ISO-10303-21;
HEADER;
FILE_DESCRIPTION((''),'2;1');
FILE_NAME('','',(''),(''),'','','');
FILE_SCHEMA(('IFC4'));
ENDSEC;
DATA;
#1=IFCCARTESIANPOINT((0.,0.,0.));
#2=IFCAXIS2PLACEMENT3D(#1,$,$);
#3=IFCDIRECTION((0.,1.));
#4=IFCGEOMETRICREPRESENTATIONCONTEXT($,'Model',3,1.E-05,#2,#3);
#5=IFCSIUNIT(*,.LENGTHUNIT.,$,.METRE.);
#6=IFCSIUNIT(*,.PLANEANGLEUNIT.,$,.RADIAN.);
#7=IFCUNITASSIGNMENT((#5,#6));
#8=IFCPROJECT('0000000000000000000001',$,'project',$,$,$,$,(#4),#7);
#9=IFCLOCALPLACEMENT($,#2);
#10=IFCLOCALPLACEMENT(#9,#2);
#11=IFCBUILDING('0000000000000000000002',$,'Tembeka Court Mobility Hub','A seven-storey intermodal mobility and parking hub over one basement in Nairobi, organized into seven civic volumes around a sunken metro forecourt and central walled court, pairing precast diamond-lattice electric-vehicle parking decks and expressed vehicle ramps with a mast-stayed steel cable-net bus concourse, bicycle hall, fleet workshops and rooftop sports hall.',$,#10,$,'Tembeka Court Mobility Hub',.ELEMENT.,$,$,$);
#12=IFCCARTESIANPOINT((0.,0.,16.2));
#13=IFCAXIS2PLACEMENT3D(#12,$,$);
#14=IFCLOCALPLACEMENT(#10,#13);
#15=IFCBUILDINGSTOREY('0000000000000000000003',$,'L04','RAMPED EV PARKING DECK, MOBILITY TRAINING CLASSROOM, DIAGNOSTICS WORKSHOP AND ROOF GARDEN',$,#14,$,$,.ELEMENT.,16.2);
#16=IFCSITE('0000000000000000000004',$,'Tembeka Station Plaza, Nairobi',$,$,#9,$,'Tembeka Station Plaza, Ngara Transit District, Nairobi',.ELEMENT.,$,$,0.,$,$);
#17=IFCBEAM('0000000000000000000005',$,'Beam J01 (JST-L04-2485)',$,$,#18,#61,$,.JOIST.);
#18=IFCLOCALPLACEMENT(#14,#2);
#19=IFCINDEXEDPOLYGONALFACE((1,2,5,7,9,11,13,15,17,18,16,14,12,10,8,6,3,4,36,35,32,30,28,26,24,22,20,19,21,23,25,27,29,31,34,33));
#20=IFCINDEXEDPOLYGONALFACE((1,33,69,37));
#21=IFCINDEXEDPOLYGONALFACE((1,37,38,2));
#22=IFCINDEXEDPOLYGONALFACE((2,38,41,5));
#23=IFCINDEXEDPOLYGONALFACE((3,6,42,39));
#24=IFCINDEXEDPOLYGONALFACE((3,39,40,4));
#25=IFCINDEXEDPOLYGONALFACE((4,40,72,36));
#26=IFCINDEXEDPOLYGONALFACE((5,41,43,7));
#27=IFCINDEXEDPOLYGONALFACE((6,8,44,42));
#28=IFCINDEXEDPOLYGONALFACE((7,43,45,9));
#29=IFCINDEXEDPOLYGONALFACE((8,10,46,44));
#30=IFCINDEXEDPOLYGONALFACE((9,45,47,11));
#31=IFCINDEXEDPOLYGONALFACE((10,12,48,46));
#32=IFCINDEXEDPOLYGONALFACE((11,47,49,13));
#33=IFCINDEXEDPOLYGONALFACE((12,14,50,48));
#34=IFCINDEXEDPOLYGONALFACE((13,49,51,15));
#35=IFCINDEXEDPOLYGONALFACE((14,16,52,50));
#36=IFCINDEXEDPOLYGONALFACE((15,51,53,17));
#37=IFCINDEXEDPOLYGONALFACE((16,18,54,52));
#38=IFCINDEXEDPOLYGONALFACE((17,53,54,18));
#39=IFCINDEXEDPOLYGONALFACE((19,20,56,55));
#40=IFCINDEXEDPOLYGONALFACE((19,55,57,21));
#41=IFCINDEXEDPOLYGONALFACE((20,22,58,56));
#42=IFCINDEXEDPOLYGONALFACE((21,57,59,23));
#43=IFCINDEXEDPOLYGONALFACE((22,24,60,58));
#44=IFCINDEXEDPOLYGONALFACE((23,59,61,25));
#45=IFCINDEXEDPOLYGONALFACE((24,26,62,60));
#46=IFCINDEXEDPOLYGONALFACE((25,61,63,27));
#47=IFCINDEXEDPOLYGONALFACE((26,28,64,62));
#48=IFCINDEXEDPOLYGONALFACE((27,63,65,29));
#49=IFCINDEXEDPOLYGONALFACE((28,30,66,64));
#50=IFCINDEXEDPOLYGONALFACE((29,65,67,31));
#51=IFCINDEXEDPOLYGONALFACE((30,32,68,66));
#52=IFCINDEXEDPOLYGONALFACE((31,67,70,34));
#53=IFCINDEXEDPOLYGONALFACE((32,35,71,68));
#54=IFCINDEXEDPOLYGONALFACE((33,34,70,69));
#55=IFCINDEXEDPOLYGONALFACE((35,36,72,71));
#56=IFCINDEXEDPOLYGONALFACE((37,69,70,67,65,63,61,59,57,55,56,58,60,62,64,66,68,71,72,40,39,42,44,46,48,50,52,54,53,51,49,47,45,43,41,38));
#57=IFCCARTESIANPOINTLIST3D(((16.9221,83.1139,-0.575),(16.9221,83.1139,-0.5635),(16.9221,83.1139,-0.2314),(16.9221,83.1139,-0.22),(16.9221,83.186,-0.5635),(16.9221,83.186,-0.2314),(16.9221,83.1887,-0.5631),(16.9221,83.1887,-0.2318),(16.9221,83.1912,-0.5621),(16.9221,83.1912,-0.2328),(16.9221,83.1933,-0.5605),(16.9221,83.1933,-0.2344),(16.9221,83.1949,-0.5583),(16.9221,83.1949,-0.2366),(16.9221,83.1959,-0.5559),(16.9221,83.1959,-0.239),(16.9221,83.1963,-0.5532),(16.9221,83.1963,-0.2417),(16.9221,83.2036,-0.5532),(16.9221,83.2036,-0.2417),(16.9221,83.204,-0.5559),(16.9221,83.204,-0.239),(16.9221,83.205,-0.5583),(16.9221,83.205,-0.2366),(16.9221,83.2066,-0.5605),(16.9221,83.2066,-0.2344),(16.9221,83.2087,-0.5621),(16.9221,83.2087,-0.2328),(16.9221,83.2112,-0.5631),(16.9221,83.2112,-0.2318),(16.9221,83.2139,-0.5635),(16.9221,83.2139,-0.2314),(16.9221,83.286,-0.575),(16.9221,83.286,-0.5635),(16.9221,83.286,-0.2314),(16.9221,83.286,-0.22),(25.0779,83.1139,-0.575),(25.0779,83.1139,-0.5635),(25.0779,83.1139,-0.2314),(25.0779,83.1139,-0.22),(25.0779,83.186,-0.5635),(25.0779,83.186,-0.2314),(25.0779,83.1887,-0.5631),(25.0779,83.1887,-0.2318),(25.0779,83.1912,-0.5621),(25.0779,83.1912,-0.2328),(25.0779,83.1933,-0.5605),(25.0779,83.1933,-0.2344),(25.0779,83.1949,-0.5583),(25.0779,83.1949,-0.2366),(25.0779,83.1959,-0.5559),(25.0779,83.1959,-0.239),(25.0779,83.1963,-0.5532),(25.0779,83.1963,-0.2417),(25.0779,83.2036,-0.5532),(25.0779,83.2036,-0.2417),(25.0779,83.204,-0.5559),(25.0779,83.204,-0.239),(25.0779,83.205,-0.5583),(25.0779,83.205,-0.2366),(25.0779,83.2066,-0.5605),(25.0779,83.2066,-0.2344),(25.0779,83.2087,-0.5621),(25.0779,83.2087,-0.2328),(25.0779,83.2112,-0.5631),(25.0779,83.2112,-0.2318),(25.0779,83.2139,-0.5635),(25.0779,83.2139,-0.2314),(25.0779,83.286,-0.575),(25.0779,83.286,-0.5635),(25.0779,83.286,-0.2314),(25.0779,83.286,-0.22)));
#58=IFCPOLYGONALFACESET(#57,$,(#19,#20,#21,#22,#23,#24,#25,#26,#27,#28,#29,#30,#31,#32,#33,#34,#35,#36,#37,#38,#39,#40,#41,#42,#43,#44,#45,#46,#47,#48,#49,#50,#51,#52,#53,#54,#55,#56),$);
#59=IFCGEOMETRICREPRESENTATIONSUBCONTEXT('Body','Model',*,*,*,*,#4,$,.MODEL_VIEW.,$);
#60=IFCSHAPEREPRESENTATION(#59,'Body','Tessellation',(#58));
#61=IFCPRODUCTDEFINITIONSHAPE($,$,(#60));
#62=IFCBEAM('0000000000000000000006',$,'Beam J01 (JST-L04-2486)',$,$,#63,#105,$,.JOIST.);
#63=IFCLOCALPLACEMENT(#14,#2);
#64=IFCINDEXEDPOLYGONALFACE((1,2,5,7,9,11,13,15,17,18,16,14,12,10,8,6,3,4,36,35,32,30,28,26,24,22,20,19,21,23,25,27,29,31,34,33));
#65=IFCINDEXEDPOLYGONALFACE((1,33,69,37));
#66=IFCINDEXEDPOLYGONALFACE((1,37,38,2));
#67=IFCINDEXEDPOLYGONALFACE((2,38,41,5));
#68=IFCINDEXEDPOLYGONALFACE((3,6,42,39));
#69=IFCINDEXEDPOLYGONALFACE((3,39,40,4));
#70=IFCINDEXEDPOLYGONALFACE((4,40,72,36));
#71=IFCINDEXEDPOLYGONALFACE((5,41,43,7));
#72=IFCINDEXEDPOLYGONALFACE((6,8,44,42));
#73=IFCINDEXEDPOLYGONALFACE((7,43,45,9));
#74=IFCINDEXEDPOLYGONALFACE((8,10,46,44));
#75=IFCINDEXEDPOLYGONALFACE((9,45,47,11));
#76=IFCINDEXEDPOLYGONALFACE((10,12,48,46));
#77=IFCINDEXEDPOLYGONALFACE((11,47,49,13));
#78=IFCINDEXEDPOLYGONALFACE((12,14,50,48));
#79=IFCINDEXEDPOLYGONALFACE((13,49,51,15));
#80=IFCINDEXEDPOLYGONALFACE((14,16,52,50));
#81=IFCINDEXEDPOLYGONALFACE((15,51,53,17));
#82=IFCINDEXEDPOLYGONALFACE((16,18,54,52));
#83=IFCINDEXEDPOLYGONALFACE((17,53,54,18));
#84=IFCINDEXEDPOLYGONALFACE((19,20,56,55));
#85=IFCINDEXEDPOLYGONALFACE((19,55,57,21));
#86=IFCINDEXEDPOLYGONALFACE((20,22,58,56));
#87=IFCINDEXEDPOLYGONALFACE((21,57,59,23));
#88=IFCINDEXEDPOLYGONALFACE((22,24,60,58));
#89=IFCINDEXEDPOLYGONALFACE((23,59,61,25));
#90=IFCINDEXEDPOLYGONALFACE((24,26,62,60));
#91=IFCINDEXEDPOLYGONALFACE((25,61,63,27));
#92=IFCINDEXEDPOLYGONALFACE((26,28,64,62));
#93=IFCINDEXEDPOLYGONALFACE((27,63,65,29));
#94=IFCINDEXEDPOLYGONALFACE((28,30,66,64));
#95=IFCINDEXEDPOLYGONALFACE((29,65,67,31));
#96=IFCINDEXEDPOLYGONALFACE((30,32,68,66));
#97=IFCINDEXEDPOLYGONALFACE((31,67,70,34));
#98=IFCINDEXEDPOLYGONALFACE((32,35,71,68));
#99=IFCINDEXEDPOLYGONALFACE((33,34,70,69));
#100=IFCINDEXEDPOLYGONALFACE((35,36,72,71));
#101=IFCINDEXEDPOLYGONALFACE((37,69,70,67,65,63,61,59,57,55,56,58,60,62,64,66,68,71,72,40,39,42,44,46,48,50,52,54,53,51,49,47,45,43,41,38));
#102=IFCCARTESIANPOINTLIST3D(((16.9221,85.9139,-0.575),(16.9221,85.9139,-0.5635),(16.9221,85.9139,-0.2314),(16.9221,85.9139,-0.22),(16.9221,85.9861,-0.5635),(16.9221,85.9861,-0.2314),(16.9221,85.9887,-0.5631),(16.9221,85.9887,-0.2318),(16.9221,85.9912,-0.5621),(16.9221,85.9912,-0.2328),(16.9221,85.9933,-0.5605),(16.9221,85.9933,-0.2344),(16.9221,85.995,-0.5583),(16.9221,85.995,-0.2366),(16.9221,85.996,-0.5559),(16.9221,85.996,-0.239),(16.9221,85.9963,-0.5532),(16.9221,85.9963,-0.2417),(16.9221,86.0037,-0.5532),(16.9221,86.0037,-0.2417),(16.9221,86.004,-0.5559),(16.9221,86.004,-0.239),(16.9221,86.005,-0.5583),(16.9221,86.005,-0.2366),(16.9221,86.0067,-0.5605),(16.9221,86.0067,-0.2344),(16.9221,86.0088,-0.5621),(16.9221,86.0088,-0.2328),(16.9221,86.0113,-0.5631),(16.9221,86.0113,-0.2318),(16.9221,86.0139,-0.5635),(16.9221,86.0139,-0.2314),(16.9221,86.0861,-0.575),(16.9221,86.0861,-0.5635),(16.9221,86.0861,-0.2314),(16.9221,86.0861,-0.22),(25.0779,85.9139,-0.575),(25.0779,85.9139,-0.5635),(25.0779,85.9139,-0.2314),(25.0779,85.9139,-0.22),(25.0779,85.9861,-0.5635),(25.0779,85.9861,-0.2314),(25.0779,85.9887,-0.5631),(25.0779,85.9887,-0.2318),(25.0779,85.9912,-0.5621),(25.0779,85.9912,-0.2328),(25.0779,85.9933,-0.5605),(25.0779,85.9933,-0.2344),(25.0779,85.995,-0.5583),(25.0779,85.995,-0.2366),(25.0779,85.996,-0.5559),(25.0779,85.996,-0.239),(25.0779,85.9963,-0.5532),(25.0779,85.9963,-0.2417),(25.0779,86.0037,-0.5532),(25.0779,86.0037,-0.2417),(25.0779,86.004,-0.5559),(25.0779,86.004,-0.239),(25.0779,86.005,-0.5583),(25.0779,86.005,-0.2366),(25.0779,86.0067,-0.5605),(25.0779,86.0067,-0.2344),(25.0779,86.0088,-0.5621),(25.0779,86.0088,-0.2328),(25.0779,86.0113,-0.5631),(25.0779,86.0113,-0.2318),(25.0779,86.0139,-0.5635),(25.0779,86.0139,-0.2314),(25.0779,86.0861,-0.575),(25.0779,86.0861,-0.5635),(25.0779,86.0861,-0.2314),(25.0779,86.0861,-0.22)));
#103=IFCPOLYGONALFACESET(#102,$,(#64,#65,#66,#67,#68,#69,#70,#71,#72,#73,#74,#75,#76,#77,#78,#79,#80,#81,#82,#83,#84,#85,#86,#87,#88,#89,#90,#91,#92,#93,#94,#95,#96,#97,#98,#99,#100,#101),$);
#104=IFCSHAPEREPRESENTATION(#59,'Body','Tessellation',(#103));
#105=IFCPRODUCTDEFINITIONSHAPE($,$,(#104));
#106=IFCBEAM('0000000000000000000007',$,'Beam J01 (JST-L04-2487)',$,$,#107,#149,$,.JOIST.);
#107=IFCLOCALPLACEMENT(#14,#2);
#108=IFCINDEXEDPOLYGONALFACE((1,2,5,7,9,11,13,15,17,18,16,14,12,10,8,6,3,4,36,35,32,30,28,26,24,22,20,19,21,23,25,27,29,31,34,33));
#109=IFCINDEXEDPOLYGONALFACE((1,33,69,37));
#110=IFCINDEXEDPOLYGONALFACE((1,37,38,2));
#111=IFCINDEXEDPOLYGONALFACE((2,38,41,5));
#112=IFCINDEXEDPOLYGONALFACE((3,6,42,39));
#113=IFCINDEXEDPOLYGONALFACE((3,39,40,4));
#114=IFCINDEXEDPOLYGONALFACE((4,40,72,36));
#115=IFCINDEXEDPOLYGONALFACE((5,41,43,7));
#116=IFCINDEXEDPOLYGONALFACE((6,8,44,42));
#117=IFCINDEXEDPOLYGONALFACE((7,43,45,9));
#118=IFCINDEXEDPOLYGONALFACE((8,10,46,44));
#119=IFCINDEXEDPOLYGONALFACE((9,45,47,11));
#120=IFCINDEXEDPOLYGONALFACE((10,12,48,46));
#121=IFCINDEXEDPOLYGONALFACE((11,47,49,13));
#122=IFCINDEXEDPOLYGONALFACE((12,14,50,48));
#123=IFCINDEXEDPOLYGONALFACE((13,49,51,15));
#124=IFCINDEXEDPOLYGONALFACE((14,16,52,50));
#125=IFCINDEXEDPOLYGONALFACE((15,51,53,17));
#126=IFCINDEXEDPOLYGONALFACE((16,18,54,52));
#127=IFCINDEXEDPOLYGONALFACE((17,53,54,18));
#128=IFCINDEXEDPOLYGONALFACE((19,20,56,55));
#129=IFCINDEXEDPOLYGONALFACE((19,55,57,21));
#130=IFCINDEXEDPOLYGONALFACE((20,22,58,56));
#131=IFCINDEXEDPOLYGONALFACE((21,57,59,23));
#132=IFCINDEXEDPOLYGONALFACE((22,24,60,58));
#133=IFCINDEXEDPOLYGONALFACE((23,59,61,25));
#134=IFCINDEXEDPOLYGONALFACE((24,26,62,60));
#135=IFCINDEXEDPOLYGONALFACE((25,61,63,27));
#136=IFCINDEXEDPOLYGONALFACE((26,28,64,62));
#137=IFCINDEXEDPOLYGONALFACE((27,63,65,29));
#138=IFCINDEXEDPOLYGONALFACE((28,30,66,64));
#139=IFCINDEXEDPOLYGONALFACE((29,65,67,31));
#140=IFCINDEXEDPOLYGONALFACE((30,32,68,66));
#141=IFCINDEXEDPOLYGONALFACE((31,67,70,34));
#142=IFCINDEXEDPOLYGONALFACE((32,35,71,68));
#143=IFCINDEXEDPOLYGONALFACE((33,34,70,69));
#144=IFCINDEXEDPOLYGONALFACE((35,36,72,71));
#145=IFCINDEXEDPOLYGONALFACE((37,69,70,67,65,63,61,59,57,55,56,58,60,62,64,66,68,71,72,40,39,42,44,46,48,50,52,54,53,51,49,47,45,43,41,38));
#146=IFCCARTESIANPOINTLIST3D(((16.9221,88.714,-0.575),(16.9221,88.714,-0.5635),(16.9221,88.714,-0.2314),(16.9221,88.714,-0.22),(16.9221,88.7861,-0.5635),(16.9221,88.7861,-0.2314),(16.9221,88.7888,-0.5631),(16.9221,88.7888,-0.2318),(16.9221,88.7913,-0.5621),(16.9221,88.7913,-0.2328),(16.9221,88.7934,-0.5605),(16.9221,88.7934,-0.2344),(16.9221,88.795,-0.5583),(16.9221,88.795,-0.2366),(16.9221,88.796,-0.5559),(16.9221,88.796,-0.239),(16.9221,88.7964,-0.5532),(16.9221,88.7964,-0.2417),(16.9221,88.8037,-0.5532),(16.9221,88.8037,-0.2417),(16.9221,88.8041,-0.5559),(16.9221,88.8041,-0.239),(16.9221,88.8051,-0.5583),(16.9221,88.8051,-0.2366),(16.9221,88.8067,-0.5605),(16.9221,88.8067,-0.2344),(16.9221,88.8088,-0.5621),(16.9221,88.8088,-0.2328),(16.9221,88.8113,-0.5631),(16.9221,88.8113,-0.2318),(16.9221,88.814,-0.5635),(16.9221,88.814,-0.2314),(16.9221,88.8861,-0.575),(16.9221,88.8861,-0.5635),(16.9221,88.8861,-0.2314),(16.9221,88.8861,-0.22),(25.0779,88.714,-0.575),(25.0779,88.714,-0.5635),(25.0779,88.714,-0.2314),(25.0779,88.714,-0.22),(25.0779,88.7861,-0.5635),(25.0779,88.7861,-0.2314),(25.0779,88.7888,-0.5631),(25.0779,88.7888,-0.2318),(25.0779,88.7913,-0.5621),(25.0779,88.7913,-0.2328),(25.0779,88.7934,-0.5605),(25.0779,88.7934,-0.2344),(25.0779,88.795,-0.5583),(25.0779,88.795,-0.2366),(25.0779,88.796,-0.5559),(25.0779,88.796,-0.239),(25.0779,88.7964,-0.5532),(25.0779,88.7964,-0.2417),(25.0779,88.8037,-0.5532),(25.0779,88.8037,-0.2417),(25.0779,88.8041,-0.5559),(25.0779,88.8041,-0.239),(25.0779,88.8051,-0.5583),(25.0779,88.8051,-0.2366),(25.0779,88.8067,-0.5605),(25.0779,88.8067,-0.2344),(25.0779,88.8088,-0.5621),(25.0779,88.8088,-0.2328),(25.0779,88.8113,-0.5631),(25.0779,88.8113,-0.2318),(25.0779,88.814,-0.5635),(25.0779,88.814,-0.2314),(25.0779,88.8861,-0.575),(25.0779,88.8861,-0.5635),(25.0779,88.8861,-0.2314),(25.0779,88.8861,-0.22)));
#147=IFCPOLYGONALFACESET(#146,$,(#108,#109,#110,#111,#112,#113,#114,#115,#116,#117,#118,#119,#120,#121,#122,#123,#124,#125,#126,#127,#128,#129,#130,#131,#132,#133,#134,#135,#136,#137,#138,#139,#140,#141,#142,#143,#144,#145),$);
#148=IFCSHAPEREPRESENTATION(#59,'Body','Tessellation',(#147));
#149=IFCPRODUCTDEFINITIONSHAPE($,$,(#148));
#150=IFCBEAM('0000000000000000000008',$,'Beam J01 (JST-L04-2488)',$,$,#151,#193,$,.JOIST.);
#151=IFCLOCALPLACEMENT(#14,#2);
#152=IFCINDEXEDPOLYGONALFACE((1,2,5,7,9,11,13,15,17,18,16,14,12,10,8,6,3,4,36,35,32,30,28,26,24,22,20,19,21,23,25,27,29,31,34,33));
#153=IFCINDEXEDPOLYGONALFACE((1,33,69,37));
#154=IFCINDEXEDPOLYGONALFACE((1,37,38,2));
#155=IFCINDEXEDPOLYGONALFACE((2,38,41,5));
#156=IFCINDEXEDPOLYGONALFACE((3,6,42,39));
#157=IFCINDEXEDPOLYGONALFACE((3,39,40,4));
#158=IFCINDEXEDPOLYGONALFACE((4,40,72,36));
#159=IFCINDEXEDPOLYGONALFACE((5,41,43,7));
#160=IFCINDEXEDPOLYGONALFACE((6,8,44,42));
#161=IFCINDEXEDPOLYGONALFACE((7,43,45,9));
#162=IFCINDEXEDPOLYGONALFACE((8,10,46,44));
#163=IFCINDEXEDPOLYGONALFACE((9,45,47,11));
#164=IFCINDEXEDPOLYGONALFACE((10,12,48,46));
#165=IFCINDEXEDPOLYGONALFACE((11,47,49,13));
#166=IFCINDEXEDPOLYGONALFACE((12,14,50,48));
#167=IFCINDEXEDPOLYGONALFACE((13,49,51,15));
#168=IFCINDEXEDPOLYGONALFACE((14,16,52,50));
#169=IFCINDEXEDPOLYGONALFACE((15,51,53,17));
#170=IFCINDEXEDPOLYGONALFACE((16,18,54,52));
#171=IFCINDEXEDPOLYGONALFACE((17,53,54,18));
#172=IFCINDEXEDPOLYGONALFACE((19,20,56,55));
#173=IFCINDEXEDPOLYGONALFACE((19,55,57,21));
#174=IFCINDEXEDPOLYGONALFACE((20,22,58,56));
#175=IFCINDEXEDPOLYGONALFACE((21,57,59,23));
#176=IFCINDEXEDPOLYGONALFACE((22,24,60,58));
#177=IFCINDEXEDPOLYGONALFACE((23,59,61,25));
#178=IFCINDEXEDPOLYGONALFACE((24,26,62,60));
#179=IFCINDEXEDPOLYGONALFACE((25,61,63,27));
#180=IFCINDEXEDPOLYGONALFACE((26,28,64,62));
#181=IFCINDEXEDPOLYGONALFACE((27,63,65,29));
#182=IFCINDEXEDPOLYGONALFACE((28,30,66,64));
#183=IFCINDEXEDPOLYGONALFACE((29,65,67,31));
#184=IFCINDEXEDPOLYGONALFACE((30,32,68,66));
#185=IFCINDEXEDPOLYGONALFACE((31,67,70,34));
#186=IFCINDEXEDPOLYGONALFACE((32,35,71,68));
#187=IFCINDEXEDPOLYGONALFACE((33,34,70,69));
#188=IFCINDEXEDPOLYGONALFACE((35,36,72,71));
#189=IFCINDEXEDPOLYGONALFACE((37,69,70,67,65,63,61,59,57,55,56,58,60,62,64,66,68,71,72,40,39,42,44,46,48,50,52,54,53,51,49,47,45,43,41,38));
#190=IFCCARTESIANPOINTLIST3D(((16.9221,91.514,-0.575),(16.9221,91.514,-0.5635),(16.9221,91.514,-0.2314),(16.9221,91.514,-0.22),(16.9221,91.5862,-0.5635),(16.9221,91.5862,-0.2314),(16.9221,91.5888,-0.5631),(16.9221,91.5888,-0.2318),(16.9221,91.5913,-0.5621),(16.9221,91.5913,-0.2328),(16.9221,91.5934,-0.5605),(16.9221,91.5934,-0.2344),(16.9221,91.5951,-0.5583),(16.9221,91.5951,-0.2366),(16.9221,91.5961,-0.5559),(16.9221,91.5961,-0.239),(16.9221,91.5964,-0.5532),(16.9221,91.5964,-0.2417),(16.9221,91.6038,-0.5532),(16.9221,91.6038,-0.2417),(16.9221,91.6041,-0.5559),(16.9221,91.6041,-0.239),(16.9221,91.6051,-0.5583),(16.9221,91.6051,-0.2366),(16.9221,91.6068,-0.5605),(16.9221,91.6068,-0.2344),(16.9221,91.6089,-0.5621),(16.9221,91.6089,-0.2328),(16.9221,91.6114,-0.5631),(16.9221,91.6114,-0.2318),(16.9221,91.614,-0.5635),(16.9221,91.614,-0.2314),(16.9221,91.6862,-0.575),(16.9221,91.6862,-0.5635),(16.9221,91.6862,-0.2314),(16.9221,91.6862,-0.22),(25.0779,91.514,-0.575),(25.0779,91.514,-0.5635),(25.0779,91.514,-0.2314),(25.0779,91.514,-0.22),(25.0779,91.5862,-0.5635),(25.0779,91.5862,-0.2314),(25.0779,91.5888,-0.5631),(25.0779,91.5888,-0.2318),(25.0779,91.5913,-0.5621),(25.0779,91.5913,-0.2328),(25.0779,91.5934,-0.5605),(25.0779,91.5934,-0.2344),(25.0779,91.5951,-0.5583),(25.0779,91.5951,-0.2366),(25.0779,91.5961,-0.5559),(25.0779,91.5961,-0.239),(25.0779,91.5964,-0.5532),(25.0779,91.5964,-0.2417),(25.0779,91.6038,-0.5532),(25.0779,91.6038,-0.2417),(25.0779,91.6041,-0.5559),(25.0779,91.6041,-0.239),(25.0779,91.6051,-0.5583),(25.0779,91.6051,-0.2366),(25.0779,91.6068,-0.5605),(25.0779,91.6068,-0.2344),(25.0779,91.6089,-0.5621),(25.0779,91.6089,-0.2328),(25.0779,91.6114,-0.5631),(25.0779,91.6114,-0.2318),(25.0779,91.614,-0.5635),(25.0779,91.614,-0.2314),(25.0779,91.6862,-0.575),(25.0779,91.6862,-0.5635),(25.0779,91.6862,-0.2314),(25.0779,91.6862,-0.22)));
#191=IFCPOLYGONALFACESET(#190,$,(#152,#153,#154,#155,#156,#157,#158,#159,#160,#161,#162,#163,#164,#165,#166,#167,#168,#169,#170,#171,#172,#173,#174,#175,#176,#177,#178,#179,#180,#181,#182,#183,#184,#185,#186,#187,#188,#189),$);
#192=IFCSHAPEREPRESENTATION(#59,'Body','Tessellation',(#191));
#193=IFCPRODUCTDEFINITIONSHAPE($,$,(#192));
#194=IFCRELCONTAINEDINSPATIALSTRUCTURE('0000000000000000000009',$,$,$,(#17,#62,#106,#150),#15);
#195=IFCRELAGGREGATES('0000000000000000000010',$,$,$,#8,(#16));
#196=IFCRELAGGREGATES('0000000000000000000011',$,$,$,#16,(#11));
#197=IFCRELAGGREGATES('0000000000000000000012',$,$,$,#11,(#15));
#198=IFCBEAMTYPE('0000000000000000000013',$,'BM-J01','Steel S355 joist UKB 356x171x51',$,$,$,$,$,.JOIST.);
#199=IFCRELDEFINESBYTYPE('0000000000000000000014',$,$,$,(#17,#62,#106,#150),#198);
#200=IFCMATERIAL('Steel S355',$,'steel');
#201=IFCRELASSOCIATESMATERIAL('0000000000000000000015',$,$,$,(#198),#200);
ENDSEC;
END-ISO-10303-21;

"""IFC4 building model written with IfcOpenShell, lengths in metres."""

from ifc_helpers import new_model, si_unit, direction, frame, origin, origin_2d, place, context, subcontext, project, spatial, i_section, extrude, material, material_profile, profile_set, type_object, element, save


model = new_model("IFC4")

# Units and contexts
model_context = context("Model", 3, precision=1e-05, world=origin(), true_north=direction((0.0, 1.0)))
body_context = subcontext(model_context, "Body", "Model", "MODEL_VIEW")
ifc_project = project(units=[si_unit("LENGTHUNIT", "METRE"), si_unit("PLANEANGLEUNIT", "RADIAN")], contexts=[model_context])

# Site, building, storey
site_placement = place(None, origin())
site = spatial("IfcSite", under=ifc_project, at=site_placement, Name="Tembeka Station Plaza, Nairobi", LongName="Tembeka Station Plaza, Ngara Transit District, Nairobi", CompositionType="ELEMENT", RefElevation=0.0)
building_placement = place(site_placement, origin())
building = spatial("IfcBuilding", under=site, at=building_placement, Name="Tembeka Court Mobility Hub", Description="A seven-storey intermodal mobility and parking hub over one basement in Nairobi, organized into seven civic volumes around a sunken metro forecourt and central walled court, pairing precast diamond-lattice electric-vehicle parking decks and expressed vehicle ramps with a mast-stayed steel cable-net bus concourse, bicycle hall, fleet workshops and rooftop sports hall.", LongName="Tembeka Court Mobility Hub", CompositionType="ELEMENT")
storey_placement = place(building_placement, frame((0.0, 0.0, 16.2)))
storey = spatial("IfcBuildingStorey", under=building, at=storey_placement, Name="L04", Description="RAMPED EV PARKING DECK, MOBILITY TRAINING CLASSROOM, DIAGNOSTICS WORKSHOP AND ROOF GARDEN", CompositionType="ELEMENT", Elevation=16.2)

# Shared definitions
ifc_material = material(Name="Steel S355", Category="steel")

# Beams
ifc_material_profile_1 = material_profile(ifc_material, i_section(OverallWidth=0.1721, OverallDepth=0.355, WebThickness=0.0073, FlangeThickness=0.0115, FilletRadius=0.0103, at=origin_2d()), Name="UKB 356x171x51")
ifc_profile_set_1 = profile_set([ifc_material_profile_1], Name="Steel S355")
beam_type_1 = type_object("IfcBeamType", Name="BM-J01", Description="Steel S355 joist UKB 356x171x51", PredefinedType="JOIST", material=ifc_profile_set_1)
for number, where, z_axis, x_axis, name in (
    (1, (16.9221, 83.2, -0.3975), (1.0, 0.0, 0.0), (0.0, 1.0, 0.0), "Beam J01 (JST-L04-2485)"),
    (2, (16.9221, 86.0, -0.3975), (1.0, 0.0, 0.0), (0.0, 1.0, 0.0), "Beam J01 (JST-L04-2486)"),
    (3, (16.9221, 88.8, -0.3975), (1.0, 0.0, 0.0), (0.0, 1.0, 0.0), "Beam J01 (JST-L04-2487)"),
    (4, (16.9221, 91.6001, -0.3975), (1.0, 0.0, 0.0), (0.0, 1.0, 0.0), "Beam J01 (JST-L04-2488)"),
):
    element("IfcBeam", number, at=place(storey_placement, frame(where, z_axis=z_axis, x_axis=x_axis)), inside=storey, type_object=beam_type_1, Name=name, PredefinedType="JOIST", context=body_context, shape_type="SweptSolid", body=[
        extrude(i_section(OverallWidth=0.1721, OverallDepth=0.355, WebThickness=0.0073, FlangeThickness=0.0115, FilletRadius=0.0103, at=origin_2d()), origin(), (0.0, 0.0, 1.0), 8.1558),
    ])

save(model, "model.ifc")
